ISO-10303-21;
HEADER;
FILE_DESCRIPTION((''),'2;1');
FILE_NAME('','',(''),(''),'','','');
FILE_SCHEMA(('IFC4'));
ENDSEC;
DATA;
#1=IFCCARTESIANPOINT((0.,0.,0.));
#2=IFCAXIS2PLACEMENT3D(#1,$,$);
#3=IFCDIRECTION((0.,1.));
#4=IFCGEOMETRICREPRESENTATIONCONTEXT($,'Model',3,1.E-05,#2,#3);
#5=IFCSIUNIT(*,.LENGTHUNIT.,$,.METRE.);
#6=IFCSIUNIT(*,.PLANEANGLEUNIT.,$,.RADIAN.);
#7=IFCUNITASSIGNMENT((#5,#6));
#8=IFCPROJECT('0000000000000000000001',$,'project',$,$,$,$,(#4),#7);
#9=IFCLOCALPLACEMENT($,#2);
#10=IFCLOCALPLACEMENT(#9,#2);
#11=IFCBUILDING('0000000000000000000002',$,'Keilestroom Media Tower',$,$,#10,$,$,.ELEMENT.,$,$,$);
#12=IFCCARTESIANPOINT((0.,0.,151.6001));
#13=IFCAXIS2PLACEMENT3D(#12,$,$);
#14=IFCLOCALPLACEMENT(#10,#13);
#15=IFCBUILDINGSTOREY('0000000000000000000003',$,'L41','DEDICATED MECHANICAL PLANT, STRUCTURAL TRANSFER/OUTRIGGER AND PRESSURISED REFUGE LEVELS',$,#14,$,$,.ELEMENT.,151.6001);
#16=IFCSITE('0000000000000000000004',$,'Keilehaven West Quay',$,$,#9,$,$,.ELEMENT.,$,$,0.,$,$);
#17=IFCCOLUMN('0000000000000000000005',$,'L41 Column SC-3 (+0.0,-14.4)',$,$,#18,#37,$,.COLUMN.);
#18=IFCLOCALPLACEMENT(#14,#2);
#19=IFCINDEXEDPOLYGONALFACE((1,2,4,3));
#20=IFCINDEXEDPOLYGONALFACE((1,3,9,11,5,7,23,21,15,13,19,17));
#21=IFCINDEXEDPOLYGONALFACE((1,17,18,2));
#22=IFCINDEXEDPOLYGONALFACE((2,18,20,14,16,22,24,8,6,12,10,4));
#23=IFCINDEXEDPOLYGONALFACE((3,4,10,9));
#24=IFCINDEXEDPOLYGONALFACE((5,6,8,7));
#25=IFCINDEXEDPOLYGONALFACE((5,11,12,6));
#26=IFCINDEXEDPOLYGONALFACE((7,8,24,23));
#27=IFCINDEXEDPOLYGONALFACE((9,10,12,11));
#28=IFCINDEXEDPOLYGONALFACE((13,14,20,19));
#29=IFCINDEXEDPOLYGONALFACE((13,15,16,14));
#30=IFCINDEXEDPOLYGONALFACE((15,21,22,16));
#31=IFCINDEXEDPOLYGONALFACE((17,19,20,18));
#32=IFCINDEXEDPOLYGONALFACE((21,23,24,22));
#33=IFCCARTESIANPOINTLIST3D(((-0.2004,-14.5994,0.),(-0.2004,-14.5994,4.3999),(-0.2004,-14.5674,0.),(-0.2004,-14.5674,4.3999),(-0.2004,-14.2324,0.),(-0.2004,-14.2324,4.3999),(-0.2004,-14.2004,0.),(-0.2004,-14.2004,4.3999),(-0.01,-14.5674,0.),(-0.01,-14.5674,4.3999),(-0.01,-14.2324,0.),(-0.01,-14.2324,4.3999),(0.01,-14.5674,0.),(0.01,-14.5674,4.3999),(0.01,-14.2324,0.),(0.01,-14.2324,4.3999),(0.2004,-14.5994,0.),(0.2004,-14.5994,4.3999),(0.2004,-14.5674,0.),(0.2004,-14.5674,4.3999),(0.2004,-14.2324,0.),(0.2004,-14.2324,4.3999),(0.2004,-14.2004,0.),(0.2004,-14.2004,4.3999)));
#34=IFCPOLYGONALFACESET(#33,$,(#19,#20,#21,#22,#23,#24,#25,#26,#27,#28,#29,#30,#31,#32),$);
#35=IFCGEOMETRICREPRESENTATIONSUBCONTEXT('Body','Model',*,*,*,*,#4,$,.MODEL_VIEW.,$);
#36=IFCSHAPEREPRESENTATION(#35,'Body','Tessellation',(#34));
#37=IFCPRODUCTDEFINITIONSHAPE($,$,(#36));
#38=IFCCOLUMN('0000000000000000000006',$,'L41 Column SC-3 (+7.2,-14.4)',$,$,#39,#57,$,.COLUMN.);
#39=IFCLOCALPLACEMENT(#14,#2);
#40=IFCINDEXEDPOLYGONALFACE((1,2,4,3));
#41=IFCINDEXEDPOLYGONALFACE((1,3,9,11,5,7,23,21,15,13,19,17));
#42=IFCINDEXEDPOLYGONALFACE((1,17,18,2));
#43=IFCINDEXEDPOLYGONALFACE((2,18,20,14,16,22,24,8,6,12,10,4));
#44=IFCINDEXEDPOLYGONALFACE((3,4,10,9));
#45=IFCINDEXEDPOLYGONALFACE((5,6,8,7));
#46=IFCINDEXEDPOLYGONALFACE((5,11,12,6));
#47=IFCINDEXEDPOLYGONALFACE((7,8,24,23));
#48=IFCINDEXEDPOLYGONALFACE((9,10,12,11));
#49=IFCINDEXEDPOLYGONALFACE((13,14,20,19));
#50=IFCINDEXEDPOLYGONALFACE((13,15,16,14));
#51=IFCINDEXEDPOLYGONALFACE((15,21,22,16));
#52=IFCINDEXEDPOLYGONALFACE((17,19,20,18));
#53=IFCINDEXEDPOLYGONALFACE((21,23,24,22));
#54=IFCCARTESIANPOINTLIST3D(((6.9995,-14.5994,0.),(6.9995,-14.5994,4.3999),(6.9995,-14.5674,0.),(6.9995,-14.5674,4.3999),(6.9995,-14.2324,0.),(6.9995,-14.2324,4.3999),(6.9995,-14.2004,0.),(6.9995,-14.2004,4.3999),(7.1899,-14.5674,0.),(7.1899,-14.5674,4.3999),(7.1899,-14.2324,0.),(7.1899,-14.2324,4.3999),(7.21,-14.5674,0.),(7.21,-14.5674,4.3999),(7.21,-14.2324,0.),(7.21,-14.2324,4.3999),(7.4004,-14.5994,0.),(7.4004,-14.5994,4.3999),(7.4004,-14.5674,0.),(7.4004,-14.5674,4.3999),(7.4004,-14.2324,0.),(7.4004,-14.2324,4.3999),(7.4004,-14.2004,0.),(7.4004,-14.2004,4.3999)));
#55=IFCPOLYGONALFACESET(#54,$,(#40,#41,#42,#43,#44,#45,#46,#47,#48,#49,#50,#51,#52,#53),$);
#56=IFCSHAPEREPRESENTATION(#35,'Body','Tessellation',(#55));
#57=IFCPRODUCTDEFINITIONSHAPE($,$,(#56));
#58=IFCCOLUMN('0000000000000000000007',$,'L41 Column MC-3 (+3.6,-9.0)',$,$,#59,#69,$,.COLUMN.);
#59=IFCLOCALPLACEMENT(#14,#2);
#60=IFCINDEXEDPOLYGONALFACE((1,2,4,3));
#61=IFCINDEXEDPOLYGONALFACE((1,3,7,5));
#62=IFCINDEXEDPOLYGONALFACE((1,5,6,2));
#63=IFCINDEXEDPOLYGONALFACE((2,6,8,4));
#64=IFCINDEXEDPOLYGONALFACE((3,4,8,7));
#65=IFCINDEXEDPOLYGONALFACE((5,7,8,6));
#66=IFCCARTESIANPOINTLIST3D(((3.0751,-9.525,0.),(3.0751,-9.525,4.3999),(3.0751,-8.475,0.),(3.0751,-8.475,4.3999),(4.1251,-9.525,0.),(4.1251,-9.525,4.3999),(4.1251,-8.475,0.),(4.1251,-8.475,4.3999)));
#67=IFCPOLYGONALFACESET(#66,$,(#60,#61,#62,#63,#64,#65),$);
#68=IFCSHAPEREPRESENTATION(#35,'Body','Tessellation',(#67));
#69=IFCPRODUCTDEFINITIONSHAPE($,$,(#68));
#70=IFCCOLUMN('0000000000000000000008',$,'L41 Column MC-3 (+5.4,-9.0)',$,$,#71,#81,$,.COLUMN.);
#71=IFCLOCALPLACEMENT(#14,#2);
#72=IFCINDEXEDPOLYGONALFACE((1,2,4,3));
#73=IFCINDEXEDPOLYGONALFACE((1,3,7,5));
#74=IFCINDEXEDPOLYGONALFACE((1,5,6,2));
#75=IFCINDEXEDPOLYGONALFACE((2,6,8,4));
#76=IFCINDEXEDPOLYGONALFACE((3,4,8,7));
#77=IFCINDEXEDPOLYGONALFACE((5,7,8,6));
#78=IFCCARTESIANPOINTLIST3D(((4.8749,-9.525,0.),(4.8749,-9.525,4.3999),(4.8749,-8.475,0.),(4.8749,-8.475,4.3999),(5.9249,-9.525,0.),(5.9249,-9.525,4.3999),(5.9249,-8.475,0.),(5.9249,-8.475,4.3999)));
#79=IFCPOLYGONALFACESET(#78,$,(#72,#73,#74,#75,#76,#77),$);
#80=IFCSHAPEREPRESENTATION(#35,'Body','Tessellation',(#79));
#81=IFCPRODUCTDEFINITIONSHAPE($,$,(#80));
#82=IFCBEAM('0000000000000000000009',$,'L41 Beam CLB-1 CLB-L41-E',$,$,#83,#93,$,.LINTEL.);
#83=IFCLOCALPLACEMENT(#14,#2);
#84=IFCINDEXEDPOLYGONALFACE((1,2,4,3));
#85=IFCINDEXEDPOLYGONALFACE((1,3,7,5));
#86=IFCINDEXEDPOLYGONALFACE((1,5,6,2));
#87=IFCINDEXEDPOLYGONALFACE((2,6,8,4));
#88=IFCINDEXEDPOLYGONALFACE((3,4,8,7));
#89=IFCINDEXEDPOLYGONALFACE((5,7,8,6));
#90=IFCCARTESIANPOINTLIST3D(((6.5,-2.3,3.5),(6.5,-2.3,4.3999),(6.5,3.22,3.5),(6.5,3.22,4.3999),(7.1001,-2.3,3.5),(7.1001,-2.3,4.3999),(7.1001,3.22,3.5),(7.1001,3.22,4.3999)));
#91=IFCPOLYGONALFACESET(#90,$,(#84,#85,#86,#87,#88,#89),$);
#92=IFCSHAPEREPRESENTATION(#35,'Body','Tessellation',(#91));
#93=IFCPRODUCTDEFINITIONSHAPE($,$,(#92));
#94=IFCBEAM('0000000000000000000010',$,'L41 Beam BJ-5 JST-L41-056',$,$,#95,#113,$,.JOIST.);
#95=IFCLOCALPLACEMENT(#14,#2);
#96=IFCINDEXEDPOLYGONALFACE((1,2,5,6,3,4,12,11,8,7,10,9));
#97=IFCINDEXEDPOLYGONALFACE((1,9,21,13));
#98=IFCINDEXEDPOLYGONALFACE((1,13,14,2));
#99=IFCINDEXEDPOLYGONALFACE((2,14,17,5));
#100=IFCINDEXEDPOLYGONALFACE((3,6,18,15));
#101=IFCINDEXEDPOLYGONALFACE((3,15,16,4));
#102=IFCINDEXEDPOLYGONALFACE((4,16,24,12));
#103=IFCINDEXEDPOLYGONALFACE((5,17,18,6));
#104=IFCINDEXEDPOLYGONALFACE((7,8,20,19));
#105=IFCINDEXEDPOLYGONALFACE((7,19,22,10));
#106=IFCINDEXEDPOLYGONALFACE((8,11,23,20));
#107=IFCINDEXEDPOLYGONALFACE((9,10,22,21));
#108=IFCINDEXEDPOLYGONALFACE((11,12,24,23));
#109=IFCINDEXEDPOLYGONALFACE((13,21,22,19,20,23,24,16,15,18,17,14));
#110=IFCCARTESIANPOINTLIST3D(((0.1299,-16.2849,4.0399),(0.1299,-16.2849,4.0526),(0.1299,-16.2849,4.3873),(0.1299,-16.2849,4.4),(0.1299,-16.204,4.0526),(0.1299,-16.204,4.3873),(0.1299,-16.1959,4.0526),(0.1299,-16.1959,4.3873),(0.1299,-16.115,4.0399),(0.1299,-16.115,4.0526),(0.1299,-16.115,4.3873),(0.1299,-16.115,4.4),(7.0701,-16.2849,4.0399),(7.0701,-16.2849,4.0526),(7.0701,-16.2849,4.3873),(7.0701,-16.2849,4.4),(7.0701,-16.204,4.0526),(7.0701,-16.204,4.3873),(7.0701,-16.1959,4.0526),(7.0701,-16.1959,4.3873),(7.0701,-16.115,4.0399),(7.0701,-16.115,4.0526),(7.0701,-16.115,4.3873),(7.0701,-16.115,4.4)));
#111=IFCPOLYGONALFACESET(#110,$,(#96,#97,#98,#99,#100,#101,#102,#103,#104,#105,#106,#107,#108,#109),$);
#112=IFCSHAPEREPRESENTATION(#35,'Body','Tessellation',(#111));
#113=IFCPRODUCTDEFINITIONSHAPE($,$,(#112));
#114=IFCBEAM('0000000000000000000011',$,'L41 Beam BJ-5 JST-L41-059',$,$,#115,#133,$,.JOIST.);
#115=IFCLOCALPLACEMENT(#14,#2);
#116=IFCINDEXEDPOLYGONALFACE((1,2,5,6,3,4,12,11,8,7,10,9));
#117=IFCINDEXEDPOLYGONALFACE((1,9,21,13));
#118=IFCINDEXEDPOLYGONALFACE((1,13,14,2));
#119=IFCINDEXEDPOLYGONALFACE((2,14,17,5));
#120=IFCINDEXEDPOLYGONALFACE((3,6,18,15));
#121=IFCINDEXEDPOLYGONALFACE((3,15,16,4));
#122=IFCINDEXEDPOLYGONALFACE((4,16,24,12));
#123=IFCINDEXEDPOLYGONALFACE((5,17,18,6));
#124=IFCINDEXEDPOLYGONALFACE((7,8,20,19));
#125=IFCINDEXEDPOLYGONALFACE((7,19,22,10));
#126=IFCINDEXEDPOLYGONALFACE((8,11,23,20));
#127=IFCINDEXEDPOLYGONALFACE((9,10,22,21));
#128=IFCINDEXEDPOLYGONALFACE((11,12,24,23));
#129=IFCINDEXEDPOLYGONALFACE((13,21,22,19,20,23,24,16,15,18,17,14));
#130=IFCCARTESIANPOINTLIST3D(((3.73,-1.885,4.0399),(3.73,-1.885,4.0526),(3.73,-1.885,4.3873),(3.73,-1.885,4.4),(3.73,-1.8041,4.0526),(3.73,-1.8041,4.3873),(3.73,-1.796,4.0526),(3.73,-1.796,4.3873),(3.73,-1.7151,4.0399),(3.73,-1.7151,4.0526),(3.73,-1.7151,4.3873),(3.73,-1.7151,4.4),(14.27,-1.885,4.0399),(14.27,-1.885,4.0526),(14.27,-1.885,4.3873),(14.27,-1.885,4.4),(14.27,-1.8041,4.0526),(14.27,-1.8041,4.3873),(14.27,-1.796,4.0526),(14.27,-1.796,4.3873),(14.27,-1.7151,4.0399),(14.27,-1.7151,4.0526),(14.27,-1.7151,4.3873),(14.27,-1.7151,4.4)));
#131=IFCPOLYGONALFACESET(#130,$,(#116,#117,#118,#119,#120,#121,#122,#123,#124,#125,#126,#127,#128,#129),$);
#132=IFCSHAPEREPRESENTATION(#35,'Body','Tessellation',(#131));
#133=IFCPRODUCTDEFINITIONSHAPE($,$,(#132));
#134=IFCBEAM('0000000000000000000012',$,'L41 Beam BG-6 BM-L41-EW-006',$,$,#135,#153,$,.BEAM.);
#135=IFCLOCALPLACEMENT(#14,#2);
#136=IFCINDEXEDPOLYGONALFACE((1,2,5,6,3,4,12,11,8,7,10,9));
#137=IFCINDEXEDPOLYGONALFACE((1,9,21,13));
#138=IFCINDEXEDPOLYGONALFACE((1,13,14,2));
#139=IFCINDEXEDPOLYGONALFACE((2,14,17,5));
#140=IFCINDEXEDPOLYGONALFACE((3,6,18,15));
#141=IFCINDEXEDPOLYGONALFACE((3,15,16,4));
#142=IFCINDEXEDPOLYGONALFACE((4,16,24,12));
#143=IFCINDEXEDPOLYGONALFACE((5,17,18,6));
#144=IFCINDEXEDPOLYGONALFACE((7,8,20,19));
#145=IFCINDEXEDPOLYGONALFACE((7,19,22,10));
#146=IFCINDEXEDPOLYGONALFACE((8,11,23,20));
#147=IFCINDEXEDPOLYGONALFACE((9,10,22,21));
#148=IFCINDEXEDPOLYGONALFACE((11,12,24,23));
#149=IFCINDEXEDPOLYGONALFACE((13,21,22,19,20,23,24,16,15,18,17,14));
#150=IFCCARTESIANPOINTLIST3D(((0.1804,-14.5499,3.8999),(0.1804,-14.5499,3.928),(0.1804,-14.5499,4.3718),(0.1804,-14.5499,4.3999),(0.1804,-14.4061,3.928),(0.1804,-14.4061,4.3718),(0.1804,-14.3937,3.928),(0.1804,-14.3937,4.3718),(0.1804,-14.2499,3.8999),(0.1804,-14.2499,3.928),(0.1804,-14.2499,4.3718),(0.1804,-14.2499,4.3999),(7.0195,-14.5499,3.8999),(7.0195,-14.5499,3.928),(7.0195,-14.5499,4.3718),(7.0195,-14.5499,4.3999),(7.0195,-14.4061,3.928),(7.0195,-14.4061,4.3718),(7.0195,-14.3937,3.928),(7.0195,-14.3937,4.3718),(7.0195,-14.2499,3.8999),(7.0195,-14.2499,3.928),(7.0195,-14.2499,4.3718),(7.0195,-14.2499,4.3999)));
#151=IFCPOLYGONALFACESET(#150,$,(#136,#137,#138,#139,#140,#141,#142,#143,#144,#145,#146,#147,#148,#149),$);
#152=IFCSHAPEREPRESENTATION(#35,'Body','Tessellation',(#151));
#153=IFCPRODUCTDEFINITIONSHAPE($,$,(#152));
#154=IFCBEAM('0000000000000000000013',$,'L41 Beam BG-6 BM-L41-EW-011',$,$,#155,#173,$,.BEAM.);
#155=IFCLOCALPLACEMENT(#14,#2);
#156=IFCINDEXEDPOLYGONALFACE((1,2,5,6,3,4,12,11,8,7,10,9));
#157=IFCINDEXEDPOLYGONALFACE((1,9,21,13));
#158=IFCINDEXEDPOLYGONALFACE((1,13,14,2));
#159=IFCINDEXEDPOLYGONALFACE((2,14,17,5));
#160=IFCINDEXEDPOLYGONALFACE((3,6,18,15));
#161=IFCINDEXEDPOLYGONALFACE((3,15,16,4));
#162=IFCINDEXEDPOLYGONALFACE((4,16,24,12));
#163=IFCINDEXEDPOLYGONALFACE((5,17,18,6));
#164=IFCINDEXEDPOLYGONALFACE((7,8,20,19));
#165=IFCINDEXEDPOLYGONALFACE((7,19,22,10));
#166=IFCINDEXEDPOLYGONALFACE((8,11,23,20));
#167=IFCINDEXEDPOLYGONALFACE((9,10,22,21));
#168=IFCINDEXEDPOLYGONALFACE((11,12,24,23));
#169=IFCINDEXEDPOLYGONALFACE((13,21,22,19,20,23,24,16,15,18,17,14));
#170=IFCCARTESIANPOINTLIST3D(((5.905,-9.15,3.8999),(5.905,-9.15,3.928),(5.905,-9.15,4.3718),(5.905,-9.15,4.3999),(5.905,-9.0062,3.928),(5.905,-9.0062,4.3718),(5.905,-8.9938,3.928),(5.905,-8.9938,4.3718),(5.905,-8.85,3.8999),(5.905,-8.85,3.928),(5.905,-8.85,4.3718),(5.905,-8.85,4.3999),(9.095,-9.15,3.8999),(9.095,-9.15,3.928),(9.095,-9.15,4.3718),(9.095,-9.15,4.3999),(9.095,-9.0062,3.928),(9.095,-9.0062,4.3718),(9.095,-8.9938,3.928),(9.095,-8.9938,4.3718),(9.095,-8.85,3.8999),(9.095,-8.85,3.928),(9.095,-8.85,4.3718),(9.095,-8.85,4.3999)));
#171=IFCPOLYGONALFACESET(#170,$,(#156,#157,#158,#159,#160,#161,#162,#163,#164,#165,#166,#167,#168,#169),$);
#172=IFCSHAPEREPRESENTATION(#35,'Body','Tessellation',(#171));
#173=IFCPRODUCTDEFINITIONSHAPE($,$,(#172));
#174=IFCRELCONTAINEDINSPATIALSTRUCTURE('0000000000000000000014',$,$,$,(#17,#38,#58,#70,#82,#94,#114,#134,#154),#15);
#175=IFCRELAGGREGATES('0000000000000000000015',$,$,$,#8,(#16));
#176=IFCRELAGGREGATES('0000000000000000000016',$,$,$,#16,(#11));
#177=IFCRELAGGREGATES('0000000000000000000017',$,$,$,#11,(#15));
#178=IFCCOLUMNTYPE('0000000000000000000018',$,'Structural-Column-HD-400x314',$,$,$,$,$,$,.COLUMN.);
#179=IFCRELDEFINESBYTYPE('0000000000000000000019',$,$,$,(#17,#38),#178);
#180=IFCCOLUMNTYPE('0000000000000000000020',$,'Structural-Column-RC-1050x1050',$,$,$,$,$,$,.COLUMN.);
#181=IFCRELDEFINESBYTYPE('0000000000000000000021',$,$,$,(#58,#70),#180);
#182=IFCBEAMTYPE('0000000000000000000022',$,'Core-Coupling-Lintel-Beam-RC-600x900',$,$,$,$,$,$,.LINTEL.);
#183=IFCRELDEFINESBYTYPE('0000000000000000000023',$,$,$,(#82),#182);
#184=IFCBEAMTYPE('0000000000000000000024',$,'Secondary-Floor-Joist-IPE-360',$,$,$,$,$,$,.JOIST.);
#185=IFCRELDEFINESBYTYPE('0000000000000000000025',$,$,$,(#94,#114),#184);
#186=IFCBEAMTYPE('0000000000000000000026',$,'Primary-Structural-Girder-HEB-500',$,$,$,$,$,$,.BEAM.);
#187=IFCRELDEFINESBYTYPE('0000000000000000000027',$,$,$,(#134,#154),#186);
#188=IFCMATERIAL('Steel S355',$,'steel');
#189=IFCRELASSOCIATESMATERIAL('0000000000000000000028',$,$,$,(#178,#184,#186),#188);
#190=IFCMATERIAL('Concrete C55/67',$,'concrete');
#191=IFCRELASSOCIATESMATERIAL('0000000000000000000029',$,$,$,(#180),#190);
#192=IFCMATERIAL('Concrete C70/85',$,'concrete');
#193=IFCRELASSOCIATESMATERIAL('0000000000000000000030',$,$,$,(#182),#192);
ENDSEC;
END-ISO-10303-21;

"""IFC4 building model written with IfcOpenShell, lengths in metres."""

from ifc_helpers import new_model, si_unit, direction, frame, origin, origin_2d, place, context, subcontext, project, spatial, rectangle, i_section, extrude, source, transform, mapped, material, material_profile, profile_set, type_object, element, save


model = new_model("IFC4")

# Units and contexts
model_context = context("Model", 3, precision=1e-05, world=origin(), true_north=direction((0.0, 1.0)))
body_context = subcontext(model_context, "Body", "Model", "MODEL_VIEW")
ifc_project = project(units=[si_unit("LENGTHUNIT", "METRE"), si_unit("PLANEANGLEUNIT", "RADIAN")], contexts=[model_context])

# Site, building, storey
site_placement = place(None, origin())
site = spatial("IfcSite", under=ifc_project, at=site_placement, Name="Keilehaven West Quay", CompositionType="ELEMENT", RefElevation=0.0)
building_placement = place(site_placement, origin())
building = spatial("IfcBuilding", under=site, at=building_placement, Name="Keilestroom Media Tower", CompositionType="ELEMENT")
storey_placement = place(building_placement, frame((0.0, 0.0, 151.6001)))
storey = spatial("IfcBuildingStorey", under=building, at=storey_placement, Name="L41", Description="DEDICATED MECHANICAL PLANT, STRUCTURAL TRANSFER/OUTRIGGER AND PRESSURISED REFUGE LEVELS", CompositionType="ELEMENT", Elevation=151.6001)

# Columns
ifc_material_1 = material(Name="Steel S355", Category="steel")
ifc_material_profile_1 = material_profile(ifc_material_1, i_section(OverallWidth=0.4009, OverallDepth=0.3989, WebThickness=0.02, FlangeThickness=0.032, at=origin_2d()), Name="HD 400x314")
ifc_profile_set_1 = profile_set([ifc_material_profile_1], Name="Steel S355")
column_type_1 = type_object("IfcColumnType", Name="Structural-Column-HD-400x314", PredefinedType="COLUMN", material=ifc_profile_set_1)
shared_shape_1 = source(origin(), body_context, "Body", "SweptSolid", [
    extrude(i_section(OverallWidth=0.4009, OverallDepth=0.3989, WebThickness=0.02, FlangeThickness=0.032, at=origin_2d()), origin(), (0.0, 0.0, 1.0), 4.3999),
])
for number, where, z_axis, x_axis, name in (
    (1, (0.0, -14.3999, 0.0), (0.0, 0.0, 1.0), (1.0, 0.0, 0.0), "L41 Column SC-3 (+0.0,-14.4)"),
    (2, (7.2, -14.3999, 0.0), (0.0, 0.0, 1.0), (1.0, 0.0, 0.0), "L41 Column SC-3 (+7.2,-14.4)"),
):
    element("IfcColumn", number, at=place(storey_placement, frame(where, z_axis=z_axis, x_axis=x_axis)), inside=storey, type_object=column_type_1, Name=name, PredefinedType="COLUMN", context=body_context, shape_type="MappedRepresentation", body=[
        mapped(shared_shape_1, transform((0.0, 0.0, 0.0), x_axis=(1.0, 0.0, 0.0), y_axis=(0.0, 1.0, 0.0), z_axis=(0.0, 0.0, 1.0), scale=1.0)),
    ])
ifc_material_2 = material(Name="Concrete C55/67", Category="concrete")
ifc_material_profile_2 = material_profile(ifc_material_2, rectangle(XDim=1.05, YDim=1.05, at=origin_2d()), Name="RC 1050x1050")
ifc_profile_set_2 = profile_set([ifc_material_profile_2], Name="Concrete C55/67")
column_type_2 = type_object("IfcColumnType", Name="Structural-Column-RC-1050x1050", PredefinedType="COLUMN", material=ifc_profile_set_2)
shared_shape_2 = source(origin(), body_context, "Body", "SweptSolid", [
    extrude(rectangle(XDim=1.05, YDim=1.05, at=origin_2d()), origin(), (0.0, 0.0, 1.0), 4.3999),
])
for number, where, z_axis, x_axis, name in (
    (3, (3.6001, -9.0, 0.0), (0.0, 0.0, 1.0), (1.0, 0.0, 0.0), "L41 Column MC-3 (+3.6,-9.0)"),
    (4, (5.3999, -9.0, 0.0), (0.0, 0.0, 1.0), (1.0, 0.0, 0.0), "L41 Column MC-3 (+5.4,-9.0)"),
):
    element("IfcColumn", number, at=place(storey_placement, frame(where, z_axis=z_axis, x_axis=x_axis)), inside=storey, type_object=column_type_2, Name=name, PredefinedType="COLUMN", context=body_context, shape_type="MappedRepresentation", body=[
        mapped(shared_shape_2, transform((0.0, 0.0, 0.0), x_axis=(1.0, 0.0, 0.0), y_axis=(0.0, 1.0, 0.0), z_axis=(0.0, 0.0, 1.0), scale=1.0)),
    ])

# Beams
ifc_material_3 = material(Name="Concrete C70/85", Category="concrete")
ifc_material_profile_3 = material_profile(ifc_material_3, rectangle(XDim=0.6001, YDim=0.8999, at=origin_2d()), Name="RC 600x900")
ifc_profile_set_3 = profile_set([ifc_material_profile_3], Name="Concrete C70/85")
beam_type_1 = type_object("IfcBeamType", Name="Core-Coupling-Lintel-Beam-RC-600x900", PredefinedType="LINTEL", material=ifc_profile_set_3)
shared_shape_3 = source(origin(), body_context, "Body", "SweptSolid", [
    extrude(rectangle(XDim=0.6001, YDim=0.8999, at=origin_2d()), origin(), (0.0, 0.0, 1.0), 5.52),
])
beam_1_placement = place(storey_placement, frame((6.8, -2.3, 3.95), z_axis=(0.0, 1.0, 0.0), x_axis=(-1.0, 0.0, 0.0)))
element("IfcBeam", 5, at=beam_1_placement, inside=storey, type_object=beam_type_1, Name="L41 Beam CLB-1 CLB-L41-E", PredefinedType="LINTEL", context=body_context, shape_type="MappedRepresentation", body=[
    mapped(shared_shape_3, transform((0.0, 0.0, 0.0), x_axis=(1.0, 0.0, 0.0), y_axis=(0.0, 1.0, 0.0), z_axis=(0.0, 0.0, 1.0), scale=1.0)),
])
ifc_material_profile_4 = material_profile(ifc_material_1, i_section(OverallWidth=0.1699, OverallDepth=0.3601, WebThickness=0.0081, FlangeThickness=0.0127, at=origin_2d()), Name="IPE 360")
ifc_profile_set_4 = profile_set([ifc_material_profile_4], Name="Steel S355")
beam_type_2 = type_object("IfcBeamType", Name="Secondary-Floor-Joist-IPE-360", PredefinedType="JOIST", material=ifc_profile_set_4)
shared_shape_4 = source(origin(), body_context, "Body", "SweptSolid", [
    extrude(i_section(OverallWidth=0.1699, OverallDepth=0.3601, WebThickness=0.0081, FlangeThickness=0.0127, at=origin_2d()), origin(), (0.0, 0.0, 1.0), 6.9402),
])
beam_2_placement = place(storey_placement, frame((0.1299, -16.2, 4.22), z_axis=(1.0, 0.0, 0.0), x_axis=(0.0, 1.0, 0.0)))
element("IfcBeam", 6, at=beam_2_placement, inside=storey, type_object=beam_type_2, Name="L41 Beam BJ-5 JST-L41-056", PredefinedType="JOIST", context=body_context, shape_type="MappedRepresentation", body=[
    mapped(shared_shape_4, transform((0.0, 0.0, 0.0), x_axis=(1.0, 0.0, 0.0), y_axis=(0.0, 1.0, 0.0), z_axis=(0.0, 0.0, 1.0), scale=1.0)),
])
shared_shape_5 = source(origin(), body_context, "Body", "SweptSolid", [
    extrude(i_section(OverallWidth=0.1699, OverallDepth=0.3601, WebThickness=0.0081, FlangeThickness=0.0127, at=origin_2d()), origin(), (0.0, 0.0, 1.0), 10.54),
])
beam_3_placement = place(storey_placement, frame((3.73, -1.8, 4.22), z_axis=(1.0, 0.0, 0.0), x_axis=(0.0, 1.0, 0.0)))
element("IfcBeam", 7, at=beam_3_placement, inside=storey, type_object=beam_type_2, Name="L41 Beam BJ-5 JST-L41-059", PredefinedType="JOIST", context=body_context, shape_type="MappedRepresentation", body=[
    mapped(shared_shape_5, transform((0.0, 0.0, 0.0), x_axis=(1.0, 0.0, 0.0), y_axis=(0.0, 1.0, 0.0), z_axis=(0.0, 0.0, 1.0), scale=1.0)),
])
ifc_material_profile_5 = material_profile(ifc_material_1, i_section(OverallWidth=0.3, OverallDepth=0.5, WebThickness=0.0125, FlangeThickness=0.0281, at=origin_2d()), Name="HEB 500")
ifc_profile_set_5 = profile_set([ifc_material_profile_5], Name="Steel S355")
beam_type_3 = type_object("IfcBeamType", Name="Primary-Structural-Girder-HEB-500", PredefinedType="BEAM", material=ifc_profile_set_5)
shared_shape_6 = source(origin(), body_context, "Body", "SweptSolid", [
    extrude(i_section(OverallWidth=0.3, OverallDepth=0.5, WebThickness=0.0125, FlangeThickness=0.0281, at=origin_2d()), origin(), (0.0, 0.0, 1.0), 6.8391),
])
beam_4_placement = place(storey_placement, frame((0.1804, -14.3999, 4.1499), z_axis=(1.0, 0.0, 0.0), x_axis=(0.0, 1.0, 0.0)))
element("IfcBeam", 8, at=beam_4_placement, inside=storey, type_object=beam_type_3, Name="L41 Beam BG-6 BM-L41-EW-006", PredefinedType="BEAM", context=body_context, shape_type="MappedRepresentation", body=[
    mapped(shared_shape_6, transform((0.0, 0.0, 0.0), x_axis=(1.0, 0.0, 0.0), y_axis=(0.0, 1.0, 0.0), z_axis=(0.0, 0.0, 1.0), scale=1.0)),
])
shared_shape_7 = source(origin(), body_context, "Body", "SweptSolid", [
    extrude(i_section(OverallWidth=0.3, OverallDepth=0.5, WebThickness=0.0125, FlangeThickness=0.0281, at=origin_2d()), origin(), (0.0, 0.0, 1.0), 3.1899),
])
beam_5_placement = place(storey_placement, frame((5.905, -9.0, 4.1499), z_axis=(1.0, 0.0, 0.0), x_axis=(0.0, 1.0, 0.0)))
element("IfcBeam", 9, at=beam_5_placement, inside=storey, type_object=beam_type_3, Name="L41 Beam BG-6 BM-L41-EW-011", PredefinedType="BEAM", context=body_context, shape_type="MappedRepresentation", body=[
    mapped(shared_shape_7, transform((0.0, 0.0, 0.0), x_axis=(1.0, 0.0, 0.0), y_axis=(0.0, 1.0, 0.0), z_axis=(0.0, 0.0, 1.0), scale=1.0)),
])

save(model, "model.ifc")
